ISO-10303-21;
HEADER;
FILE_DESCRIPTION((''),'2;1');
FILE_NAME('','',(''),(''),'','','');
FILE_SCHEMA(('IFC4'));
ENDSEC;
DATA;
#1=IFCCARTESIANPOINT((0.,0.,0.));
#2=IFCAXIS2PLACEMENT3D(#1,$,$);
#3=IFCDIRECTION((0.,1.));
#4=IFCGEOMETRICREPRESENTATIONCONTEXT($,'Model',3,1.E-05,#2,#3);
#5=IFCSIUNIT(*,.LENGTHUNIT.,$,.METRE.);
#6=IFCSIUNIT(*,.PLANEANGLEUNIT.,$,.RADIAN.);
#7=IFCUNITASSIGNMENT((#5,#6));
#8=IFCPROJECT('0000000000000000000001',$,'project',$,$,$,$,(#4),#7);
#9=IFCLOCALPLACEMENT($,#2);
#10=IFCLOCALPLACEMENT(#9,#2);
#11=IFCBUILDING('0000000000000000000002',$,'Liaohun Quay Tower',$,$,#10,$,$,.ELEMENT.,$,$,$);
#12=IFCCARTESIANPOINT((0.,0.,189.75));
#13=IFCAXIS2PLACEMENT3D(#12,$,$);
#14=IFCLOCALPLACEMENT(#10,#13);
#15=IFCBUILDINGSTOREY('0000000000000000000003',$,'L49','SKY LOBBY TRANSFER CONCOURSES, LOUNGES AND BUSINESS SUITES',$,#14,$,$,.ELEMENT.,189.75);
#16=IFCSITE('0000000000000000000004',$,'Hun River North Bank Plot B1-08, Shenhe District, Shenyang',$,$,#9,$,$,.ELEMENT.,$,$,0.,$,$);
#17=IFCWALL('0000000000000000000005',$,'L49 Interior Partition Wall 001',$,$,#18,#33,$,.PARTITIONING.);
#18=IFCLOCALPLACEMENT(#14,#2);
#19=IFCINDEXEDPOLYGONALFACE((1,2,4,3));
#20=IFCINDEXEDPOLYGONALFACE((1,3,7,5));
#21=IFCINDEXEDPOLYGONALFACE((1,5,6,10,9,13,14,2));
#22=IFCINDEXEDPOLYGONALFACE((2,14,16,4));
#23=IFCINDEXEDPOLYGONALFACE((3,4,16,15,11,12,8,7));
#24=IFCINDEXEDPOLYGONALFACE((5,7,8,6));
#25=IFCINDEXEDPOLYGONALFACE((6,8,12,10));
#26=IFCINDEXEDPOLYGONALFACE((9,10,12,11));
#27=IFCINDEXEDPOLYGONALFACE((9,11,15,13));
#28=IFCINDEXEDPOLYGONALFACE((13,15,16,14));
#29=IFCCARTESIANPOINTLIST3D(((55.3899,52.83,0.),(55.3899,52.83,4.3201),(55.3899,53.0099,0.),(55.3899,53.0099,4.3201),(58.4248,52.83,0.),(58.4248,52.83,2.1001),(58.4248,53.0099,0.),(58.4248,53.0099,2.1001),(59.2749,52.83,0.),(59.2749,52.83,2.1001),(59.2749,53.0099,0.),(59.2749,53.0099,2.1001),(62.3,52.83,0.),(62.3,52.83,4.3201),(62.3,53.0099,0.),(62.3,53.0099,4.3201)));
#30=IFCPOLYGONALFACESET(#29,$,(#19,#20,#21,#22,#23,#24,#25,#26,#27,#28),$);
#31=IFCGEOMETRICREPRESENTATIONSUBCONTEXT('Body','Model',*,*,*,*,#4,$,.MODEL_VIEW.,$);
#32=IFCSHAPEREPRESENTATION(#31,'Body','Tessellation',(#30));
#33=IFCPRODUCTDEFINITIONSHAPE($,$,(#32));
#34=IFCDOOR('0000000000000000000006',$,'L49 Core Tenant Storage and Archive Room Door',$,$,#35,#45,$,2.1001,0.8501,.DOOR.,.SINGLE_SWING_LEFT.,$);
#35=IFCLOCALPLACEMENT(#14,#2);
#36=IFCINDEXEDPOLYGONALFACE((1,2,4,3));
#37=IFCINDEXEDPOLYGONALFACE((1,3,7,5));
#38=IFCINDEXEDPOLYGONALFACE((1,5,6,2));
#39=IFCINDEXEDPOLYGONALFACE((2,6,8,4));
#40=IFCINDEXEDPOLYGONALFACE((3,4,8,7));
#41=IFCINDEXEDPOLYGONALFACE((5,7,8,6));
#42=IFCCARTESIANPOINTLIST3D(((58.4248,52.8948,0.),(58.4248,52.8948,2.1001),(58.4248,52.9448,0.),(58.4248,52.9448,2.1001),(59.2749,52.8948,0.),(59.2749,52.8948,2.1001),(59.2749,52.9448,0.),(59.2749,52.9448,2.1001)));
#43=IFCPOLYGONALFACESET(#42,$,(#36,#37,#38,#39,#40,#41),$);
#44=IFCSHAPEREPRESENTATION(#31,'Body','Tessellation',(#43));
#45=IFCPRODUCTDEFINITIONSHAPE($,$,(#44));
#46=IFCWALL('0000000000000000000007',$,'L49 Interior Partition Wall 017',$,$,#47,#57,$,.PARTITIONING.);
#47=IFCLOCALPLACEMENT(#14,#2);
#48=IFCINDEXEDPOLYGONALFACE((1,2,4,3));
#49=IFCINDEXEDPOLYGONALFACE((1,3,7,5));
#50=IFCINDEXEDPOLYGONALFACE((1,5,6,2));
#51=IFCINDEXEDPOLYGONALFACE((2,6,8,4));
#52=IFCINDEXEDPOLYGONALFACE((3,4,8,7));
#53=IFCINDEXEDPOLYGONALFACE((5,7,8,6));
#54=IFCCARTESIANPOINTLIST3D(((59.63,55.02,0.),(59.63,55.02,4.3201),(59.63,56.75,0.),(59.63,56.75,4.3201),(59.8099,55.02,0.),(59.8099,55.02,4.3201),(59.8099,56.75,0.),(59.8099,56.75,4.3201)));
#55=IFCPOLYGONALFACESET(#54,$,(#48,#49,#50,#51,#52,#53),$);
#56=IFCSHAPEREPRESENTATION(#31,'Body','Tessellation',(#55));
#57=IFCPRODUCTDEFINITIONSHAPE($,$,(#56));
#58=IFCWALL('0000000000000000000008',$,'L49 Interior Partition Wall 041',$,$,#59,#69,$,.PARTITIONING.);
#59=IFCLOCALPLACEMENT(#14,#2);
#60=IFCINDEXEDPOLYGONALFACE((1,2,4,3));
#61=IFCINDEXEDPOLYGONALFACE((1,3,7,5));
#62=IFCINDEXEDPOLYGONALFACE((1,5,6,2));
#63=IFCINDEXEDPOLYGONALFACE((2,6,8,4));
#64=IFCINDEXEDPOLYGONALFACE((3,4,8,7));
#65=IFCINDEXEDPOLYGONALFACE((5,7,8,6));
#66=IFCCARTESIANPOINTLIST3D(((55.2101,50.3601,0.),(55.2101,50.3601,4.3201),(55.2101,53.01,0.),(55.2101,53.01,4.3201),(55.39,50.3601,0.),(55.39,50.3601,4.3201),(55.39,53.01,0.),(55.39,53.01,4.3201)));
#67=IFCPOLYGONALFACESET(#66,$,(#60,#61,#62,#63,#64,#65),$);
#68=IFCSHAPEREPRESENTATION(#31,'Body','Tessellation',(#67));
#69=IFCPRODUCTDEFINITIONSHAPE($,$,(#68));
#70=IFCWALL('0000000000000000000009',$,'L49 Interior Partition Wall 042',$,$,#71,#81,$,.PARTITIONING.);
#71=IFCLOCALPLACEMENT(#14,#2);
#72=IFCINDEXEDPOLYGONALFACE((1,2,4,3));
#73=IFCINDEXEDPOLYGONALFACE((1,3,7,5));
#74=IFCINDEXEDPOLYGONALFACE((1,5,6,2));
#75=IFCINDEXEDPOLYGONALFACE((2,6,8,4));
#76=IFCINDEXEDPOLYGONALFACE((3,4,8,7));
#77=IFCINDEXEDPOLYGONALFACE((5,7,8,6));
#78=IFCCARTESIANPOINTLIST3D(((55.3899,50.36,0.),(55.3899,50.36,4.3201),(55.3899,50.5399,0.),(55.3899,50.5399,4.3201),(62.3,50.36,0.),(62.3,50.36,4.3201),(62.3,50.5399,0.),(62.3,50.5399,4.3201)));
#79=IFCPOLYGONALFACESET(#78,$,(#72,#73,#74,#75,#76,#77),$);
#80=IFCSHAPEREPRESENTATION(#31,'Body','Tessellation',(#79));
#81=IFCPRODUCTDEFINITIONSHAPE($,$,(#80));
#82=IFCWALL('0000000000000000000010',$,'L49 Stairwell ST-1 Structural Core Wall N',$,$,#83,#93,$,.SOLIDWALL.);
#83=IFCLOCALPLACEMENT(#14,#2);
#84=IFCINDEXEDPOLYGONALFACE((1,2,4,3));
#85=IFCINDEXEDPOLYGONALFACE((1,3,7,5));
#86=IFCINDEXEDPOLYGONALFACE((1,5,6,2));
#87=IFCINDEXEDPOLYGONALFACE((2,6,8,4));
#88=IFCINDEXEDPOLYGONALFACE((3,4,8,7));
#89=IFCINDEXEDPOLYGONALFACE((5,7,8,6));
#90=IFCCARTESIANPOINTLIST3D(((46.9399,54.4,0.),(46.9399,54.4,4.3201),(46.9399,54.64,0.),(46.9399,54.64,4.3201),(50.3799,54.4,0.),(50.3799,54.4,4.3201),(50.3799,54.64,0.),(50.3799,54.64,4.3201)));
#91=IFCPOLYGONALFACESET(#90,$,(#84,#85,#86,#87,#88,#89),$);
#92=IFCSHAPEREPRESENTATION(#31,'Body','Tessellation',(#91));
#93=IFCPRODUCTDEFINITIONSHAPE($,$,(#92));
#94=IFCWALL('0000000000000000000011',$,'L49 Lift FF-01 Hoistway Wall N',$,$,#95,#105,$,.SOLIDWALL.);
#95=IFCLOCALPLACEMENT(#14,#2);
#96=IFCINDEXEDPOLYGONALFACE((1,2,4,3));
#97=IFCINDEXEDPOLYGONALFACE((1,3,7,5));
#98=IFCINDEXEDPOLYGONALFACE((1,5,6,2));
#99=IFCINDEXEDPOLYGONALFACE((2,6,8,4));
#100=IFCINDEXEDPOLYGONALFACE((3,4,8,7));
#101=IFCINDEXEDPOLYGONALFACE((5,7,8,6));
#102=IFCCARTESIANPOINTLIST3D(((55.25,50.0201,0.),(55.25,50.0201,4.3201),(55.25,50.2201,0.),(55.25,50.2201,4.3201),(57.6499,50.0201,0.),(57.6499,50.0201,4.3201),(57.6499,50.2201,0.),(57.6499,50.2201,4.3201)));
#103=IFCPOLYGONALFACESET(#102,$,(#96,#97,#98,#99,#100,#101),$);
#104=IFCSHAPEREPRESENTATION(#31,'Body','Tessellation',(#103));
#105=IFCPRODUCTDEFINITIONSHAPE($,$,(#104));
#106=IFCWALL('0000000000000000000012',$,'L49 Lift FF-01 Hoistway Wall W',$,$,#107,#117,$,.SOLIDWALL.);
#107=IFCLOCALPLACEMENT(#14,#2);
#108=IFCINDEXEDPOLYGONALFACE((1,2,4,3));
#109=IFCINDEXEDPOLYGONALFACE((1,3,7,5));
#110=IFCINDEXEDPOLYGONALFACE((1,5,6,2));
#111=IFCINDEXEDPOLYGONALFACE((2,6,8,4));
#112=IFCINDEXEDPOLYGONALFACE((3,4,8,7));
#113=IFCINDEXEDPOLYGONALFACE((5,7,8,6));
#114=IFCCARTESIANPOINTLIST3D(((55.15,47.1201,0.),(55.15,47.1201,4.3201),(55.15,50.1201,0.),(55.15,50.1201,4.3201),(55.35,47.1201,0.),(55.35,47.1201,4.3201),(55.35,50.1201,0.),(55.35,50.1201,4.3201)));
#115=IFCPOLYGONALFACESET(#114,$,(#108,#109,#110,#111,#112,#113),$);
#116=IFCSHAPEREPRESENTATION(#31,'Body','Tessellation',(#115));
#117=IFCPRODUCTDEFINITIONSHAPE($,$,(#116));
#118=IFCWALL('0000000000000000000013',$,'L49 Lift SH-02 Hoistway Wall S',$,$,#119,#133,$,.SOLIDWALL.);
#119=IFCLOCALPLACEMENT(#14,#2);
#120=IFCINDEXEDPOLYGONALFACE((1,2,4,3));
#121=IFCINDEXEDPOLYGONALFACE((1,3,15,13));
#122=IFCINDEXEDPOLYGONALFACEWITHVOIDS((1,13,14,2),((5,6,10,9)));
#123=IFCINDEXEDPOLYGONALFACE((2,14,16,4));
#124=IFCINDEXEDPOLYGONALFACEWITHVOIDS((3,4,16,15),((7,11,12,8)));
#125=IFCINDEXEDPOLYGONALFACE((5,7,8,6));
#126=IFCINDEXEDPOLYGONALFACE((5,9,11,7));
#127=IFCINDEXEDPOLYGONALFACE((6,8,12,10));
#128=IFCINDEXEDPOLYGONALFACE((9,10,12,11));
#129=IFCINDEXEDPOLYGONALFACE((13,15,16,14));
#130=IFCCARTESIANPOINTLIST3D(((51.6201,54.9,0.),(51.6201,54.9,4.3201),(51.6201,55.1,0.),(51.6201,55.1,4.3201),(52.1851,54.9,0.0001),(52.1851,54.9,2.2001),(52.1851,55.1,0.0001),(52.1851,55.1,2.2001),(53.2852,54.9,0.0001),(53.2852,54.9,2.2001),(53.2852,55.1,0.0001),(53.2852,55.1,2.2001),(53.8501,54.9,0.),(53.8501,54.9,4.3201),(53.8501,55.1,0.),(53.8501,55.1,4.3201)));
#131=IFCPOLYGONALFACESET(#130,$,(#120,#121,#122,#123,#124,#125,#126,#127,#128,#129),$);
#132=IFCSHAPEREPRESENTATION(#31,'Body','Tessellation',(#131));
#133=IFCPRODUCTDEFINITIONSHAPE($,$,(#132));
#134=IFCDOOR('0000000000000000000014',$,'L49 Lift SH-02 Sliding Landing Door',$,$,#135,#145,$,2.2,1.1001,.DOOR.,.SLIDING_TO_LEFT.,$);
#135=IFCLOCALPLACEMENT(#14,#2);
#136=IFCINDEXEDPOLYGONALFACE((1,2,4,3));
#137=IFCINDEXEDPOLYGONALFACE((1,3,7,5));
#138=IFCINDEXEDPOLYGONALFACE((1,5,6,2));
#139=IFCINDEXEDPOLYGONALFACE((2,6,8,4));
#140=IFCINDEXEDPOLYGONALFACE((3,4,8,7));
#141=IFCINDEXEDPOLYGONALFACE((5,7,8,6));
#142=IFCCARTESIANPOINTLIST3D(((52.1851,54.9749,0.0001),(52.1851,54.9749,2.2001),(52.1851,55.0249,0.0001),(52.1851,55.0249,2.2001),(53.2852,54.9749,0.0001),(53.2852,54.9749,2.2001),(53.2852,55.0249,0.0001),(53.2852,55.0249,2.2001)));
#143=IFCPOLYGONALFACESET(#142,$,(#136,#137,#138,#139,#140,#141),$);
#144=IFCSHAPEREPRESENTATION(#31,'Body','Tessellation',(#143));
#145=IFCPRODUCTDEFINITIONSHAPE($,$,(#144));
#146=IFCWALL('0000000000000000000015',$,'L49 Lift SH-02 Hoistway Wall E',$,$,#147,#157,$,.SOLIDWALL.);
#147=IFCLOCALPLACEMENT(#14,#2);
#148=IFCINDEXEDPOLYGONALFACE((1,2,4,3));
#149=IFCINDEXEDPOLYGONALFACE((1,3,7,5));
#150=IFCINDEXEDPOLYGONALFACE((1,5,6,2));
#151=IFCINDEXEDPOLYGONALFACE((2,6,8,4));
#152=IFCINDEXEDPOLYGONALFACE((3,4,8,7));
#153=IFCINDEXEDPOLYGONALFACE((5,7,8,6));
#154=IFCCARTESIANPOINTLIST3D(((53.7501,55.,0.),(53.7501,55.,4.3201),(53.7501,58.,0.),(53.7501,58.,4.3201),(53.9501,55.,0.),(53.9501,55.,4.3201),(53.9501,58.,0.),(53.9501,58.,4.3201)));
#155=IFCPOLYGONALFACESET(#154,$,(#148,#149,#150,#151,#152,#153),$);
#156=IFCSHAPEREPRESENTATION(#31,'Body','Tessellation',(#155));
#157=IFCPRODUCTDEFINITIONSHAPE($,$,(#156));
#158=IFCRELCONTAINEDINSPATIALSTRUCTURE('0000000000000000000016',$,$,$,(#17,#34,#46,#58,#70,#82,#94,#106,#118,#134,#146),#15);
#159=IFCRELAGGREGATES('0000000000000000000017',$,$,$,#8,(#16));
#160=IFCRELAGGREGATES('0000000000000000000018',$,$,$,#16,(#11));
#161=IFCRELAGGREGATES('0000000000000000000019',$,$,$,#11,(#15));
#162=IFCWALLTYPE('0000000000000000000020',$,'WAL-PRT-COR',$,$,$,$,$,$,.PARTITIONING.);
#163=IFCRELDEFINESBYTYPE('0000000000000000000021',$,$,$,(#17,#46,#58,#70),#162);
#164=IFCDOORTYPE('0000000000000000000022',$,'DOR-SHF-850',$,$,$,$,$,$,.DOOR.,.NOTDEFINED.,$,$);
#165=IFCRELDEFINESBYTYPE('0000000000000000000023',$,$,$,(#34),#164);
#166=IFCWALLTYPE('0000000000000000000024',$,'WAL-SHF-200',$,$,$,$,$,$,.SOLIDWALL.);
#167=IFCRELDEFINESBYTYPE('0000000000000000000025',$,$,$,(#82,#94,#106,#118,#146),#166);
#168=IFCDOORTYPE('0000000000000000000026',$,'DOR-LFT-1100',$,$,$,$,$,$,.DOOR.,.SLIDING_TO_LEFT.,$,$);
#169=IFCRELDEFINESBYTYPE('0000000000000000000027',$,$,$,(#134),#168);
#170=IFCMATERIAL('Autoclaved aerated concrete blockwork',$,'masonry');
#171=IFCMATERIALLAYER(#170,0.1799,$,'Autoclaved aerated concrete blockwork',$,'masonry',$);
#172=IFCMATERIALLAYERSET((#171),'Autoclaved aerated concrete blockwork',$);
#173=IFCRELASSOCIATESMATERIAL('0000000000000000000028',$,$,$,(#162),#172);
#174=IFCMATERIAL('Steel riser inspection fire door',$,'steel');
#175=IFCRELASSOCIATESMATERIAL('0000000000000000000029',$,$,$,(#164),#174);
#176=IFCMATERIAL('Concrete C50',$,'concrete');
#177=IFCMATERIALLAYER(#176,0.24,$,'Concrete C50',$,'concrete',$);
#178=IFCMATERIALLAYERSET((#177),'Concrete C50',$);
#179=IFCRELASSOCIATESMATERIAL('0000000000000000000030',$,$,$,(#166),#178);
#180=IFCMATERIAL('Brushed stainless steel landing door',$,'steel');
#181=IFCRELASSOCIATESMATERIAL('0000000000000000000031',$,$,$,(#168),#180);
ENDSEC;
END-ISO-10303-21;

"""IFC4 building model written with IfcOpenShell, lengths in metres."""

from ifc_helpers import new_model, si_unit, direction, frame, frame_2d, origin, place, context, subcontext, project, spatial, rectangle, extrude, source, transform, mapped, material, layer, layer_set, type_object, element, fill, save


model = new_model("IFC4")

# Units and contexts
model_context = context("Model", 3, precision=1e-05, world=origin(), true_north=direction((0.0, 1.0)))
body_context = subcontext(model_context, "Body", "Model", "MODEL_VIEW")
ifc_project = project(units=[si_unit("LENGTHUNIT", "METRE"), si_unit("PLANEANGLEUNIT", "RADIAN")], contexts=[model_context])

# Site, building, storey
site_placement = place(None, origin())
site = spatial("IfcSite", under=ifc_project, at=site_placement, Name="Hun River North Bank Plot B1-08, Shenhe District, Shenyang", CompositionType="ELEMENT", RefElevation=0.0)
building_placement = place(site_placement, origin())
building = spatial("IfcBuilding", under=site, at=building_placement, Name="Liaohun Quay Tower", CompositionType="ELEMENT")
storey_placement = place(building_placement, frame((0.0, 0.0, 189.75)))
storey = spatial("IfcBuildingStorey", under=building, at=storey_placement, Name="L49", Description="SKY LOBBY TRANSFER CONCOURSES, LOUNGES AND BUSINESS SUITES", CompositionType="ELEMENT", Elevation=189.75)

# Wall, opening, door
ifc_material_1 = material(Name="Autoclaved aerated concrete blockwork", Category="masonry")
ifc_layer_1 = layer(ifc_material_1, 0.1799, Name="Autoclaved aerated concrete blockwork", Category="masonry")
ifc_layer_set_1 = layer_set([ifc_layer_1], Name="Autoclaved aerated concrete blockwork")
wall_type_1 = type_object("IfcWallType", Name="WAL-PRT-COR", PredefinedType="PARTITIONING", material=ifc_layer_set_1)
wall_1_placement = place(storey_placement, frame((55.3899, 52.9199, 0.0), z_axis=(0.0, 0.0, 1.0), x_axis=(1.0, 0.0, 0.0)))
wall_1 = element("IfcWall", 1, at=wall_1_placement, inside=storey, type_object=wall_type_1, Name="L49 Interior Partition Wall 001", PredefinedType="PARTITIONING", context=body_context, shape_type="SweptSolid", body=[
    extrude(rectangle(XDim=6.9102, YDim=0.1799, at=frame_2d((3.4551, 0.0))), origin(), (0.0, 0.0, 1.0), 4.3201),
])
shared_shape_1 = source(origin(), body_context, "Body", "SweptSolid", [
    extrude(rectangle(XDim=0.8501, YDim=2.1001, at=frame_2d((0.425, 1.05))), frame((0.0, 0.0999, 0.0), z_axis=(0.0, -1.0, 0.0), x_axis=(1.0, 0.0, 0.0)), (0.0, 0.0, 1.0), 0.2),
])
opening_1_placement = place(wall_1_placement, frame((3.0349, 0.0, 0.0)))
opening_1 = element("IfcOpeningElement", 2, at=opening_1_placement, cuts=wall_1, PredefinedType="OPENING", context=body_context, shape_type="MappedRepresentation", body=[
    mapped(shared_shape_1, transform((0.0, 0.0, 0.0), x_axis=(1.0, 0.0, 0.0), y_axis=(0.0, 1.0, 0.0), z_axis=(0.0, 0.0, 1.0), scale=1.0)),
])
ifc_material_2 = material(Name="Steel riser inspection fire door", Category="steel")
door_type_1 = type_object("IfcDoorType", Name="DOR-SHF-850", OperationType="NOTDEFINED", PredefinedType="DOOR", material=ifc_material_2)
shared_shape_2 = source(origin(), body_context, "Body", "SweptSolid", [
    extrude(rectangle(XDim=0.8501, YDim=2.1001, at=frame_2d((0.425, 1.05))), frame((0.0, 0.0249, 0.0), z_axis=(0.0, -1.0, 0.0), x_axis=(1.0, 0.0, 0.0)), (0.0, 0.0, 1.0), 0.05),
])
door_1_placement = place(opening_1_placement, origin())
door_1 = element("IfcDoor", 3, at=door_1_placement, inside=storey, type_object=door_type_1, Name="L49 Core Tenant Storage and Archive Room Door", OperationType="SINGLE_SWING_LEFT", OverallHeight=2.1001, OverallWidth=0.8501, PredefinedType="DOOR", context=body_context, shape_type="MappedRepresentation", body=[
    mapped(shared_shape_2, transform((0.0, 0.0, 0.0), x_axis=(1.0, 0.0, 0.0), y_axis=(0.0, 1.0, 0.0), z_axis=(0.0, 0.0, 1.0), scale=1.0)),
])
fill(opening_1, door_1)

# Walls
wall_2_placement = place(storey_placement, frame((59.72, 55.02, 0.0), z_axis=(0.0, 0.0, 1.0), x_axis=(0.0, 1.0, 0.0)))
element("IfcWall", 4, at=wall_2_placement, inside=storey, type_object=wall_type_1, Name="L49 Interior Partition Wall 017", PredefinedType="PARTITIONING", context=body_context, shape_type="SweptSolid", body=[
    extrude(rectangle(XDim=1.73, YDim=0.1799, at=frame_2d((0.865, 0.0))), origin(), (0.0, 0.0, 1.0), 4.3201),
])
wall_3_placement = place(storey_placement, frame((55.3, 50.3601, 0.0), z_axis=(0.0, 0.0, 1.0), x_axis=(0.0, 1.0, 0.0)))
element("IfcWall", 5, at=wall_3_placement, inside=storey, type_object=wall_type_1, Name="L49 Interior Partition Wall 041", PredefinedType="PARTITIONING", context=body_context, shape_type="SweptSolid", body=[
    extrude(rectangle(XDim=2.6499, YDim=0.1799, at=frame_2d((1.325, 0.0))), origin(), (0.0, 0.0, 1.0), 4.3201),
])
wall_4_placement = place(storey_placement, frame((55.3899, 50.45, 0.0), z_axis=(0.0, 0.0, 1.0), x_axis=(1.0, 0.0, 0.0)))
element("IfcWall", 6, at=wall_4_placement, inside=storey, type_object=wall_type_1, Name="L49 Interior Partition Wall 042", PredefinedType="PARTITIONING", context=body_context, shape_type="SweptSolid", body=[
    extrude(rectangle(XDim=6.9102, YDim=0.1799, at=frame_2d((3.4551, 0.0))), origin(), (0.0, 0.0, 1.0), 4.3201),
])
ifc_material_3 = material(Name="Concrete C50", Category="concrete")
ifc_layer_2 = layer(ifc_material_3, 0.24, Name="Concrete C50", Category="concrete")
ifc_layer_set_2 = layer_set([ifc_layer_2], Name="Concrete C50")
wall_type_2 = type_object("IfcWallType", Name="WAL-SHF-200", PredefinedType="SOLIDWALL", material=ifc_layer_set_2)
wall_5_placement = place(storey_placement, frame((50.3799, 54.52, 0.0), z_axis=(0.0, 0.0, 1.0), x_axis=(-1.0, 0.0, 0.0)))
element("IfcWall", 7, at=wall_5_placement, inside=storey, type_object=wall_type_2, Name="L49 Stairwell ST-1 Structural Core Wall N", PredefinedType="SOLIDWALL", context=body_context, shape_type="SweptSolid", body=[
    extrude(rectangle(XDim=3.4399, YDim=0.24, at=frame_2d((1.72, 0.0))), origin(), (0.0, 0.0, 1.0), 4.3201),
])
wall_6_placement = place(storey_placement, frame((57.6499, 50.1201, 0.0), z_axis=(0.0, 0.0, 1.0), x_axis=(-1.0, 0.0, 0.0)))
element("IfcWall", 8, at=wall_6_placement, inside=storey, type_object=wall_type_2, Name="L49 Lift FF-01 Hoistway Wall N", PredefinedType="SOLIDWALL", context=body_context, shape_type="SweptSolid", body=[
    extrude(rectangle(XDim=2.3999, YDim=0.2, at=frame_2d((1.2, 0.0))), origin(), (0.0, 0.0, 1.0), 4.3201),
])
wall_7_placement = place(storey_placement, frame((55.25, 50.1201, 0.0), z_axis=(0.0, 0.0, 1.0), x_axis=(0.0, -1.0, 0.0)))
element("IfcWall", 9, at=wall_7_placement, inside=storey, type_object=wall_type_2, Name="L49 Lift FF-01 Hoistway Wall W", PredefinedType="SOLIDWALL", context=body_context, shape_type="SweptSolid", body=[
    extrude(rectangle(XDim=3.0, YDim=0.2, at=frame_2d((1.5, 0.0))), origin(), (0.0, 0.0, 1.0), 4.3201),
])

# Wall, opening, door
wall_8_placement = place(storey_placement, frame((51.6201, 55.0, 0.0), z_axis=(0.0, 0.0, 1.0), x_axis=(1.0, 0.0, 0.0)))
wall_8 = element("IfcWall", 10, at=wall_8_placement, inside=storey, type_object=wall_type_2, Name="L49 Lift SH-02 Hoistway Wall S", PredefinedType="SOLIDWALL", context=body_context, shape_type="SweptSolid", body=[
    extrude(rectangle(XDim=2.23, YDim=0.2, at=frame_2d((1.115, 0.0))), origin(), (0.0, 0.0, 1.0), 4.3201),
])
shared_shape_3 = source(origin(), body_context, "Body", "SweptSolid", [
    extrude(rectangle(XDim=1.1001, YDim=2.2, at=frame_2d((0.55, 1.1001))), frame((0.0, 0.1099, 0.0), z_axis=(0.0, -1.0, 0.0), x_axis=(1.0, 0.0, 0.0)), (0.0, 0.0, 1.0), 0.22),
])
opening_2_placement = place(wall_8_placement, frame((0.5649, 0.0, 0.0)))
opening_2 = element("IfcOpeningElement", 11, at=opening_2_placement, cuts=wall_8, PredefinedType="OPENING", context=body_context, shape_type="MappedRepresentation", body=[
    mapped(shared_shape_3, transform((0.0, 0.0, 0.0), x_axis=(1.0, 0.0, 0.0), y_axis=(0.0, 1.0, 0.0), z_axis=(0.0, 0.0, 1.0), scale=1.0)),
])
ifc_material_4 = material(Name="Brushed stainless steel landing door", Category="steel")
door_type_2 = type_object("IfcDoorType", Name="DOR-LFT-1100", OperationType="SLIDING_TO_LEFT", PredefinedType="DOOR", material=ifc_material_4)
shared_shape_4 = source(origin(), body_context, "Body", "SweptSolid", [
    extrude(rectangle(XDim=1.1001, YDim=2.2, at=frame_2d((0.55, 1.1001))), frame((0.0, 0.0249, 0.0), z_axis=(0.0, -1.0, 0.0), x_axis=(1.0, 0.0, 0.0)), (0.0, 0.0, 1.0), 0.05),
])
door_2_placement = place(opening_2_placement, origin())
door_2 = element("IfcDoor", 12, at=door_2_placement, inside=storey, type_object=door_type_2, Name="L49 Lift SH-02 Sliding Landing Door", OperationType="SLIDING_TO_LEFT", OverallHeight=2.2, OverallWidth=1.1001, PredefinedType="DOOR", context=body_context, shape_type="MappedRepresentation", body=[
    mapped(shared_shape_4, transform((0.0, 0.0, 0.0), x_axis=(1.0, 0.0, 0.0), y_axis=(0.0, 1.0, 0.0), z_axis=(0.0, 0.0, 1.0), scale=1.0)),
])
fill(opening_2, door_2)

# Wall
wall_9_placement = place(storey_placement, frame((53.8501, 55.0, 0.0), z_axis=(0.0, 0.0, 1.0), x_axis=(0.0, 1.0, 0.0)))
element("IfcWall", 13, at=wall_9_placement, inside=storey, type_object=wall_type_2, Name="L49 Lift SH-02 Hoistway Wall E", PredefinedType="SOLIDWALL", context=body_context, shape_type="SweptSolid", body=[
    extrude(rectangle(XDim=3.0, YDim=0.2, at=frame_2d((1.5, 0.0))), origin(), (0.0, 0.0, 1.0), 4.3201),
])

save(model, "model.ifc")
